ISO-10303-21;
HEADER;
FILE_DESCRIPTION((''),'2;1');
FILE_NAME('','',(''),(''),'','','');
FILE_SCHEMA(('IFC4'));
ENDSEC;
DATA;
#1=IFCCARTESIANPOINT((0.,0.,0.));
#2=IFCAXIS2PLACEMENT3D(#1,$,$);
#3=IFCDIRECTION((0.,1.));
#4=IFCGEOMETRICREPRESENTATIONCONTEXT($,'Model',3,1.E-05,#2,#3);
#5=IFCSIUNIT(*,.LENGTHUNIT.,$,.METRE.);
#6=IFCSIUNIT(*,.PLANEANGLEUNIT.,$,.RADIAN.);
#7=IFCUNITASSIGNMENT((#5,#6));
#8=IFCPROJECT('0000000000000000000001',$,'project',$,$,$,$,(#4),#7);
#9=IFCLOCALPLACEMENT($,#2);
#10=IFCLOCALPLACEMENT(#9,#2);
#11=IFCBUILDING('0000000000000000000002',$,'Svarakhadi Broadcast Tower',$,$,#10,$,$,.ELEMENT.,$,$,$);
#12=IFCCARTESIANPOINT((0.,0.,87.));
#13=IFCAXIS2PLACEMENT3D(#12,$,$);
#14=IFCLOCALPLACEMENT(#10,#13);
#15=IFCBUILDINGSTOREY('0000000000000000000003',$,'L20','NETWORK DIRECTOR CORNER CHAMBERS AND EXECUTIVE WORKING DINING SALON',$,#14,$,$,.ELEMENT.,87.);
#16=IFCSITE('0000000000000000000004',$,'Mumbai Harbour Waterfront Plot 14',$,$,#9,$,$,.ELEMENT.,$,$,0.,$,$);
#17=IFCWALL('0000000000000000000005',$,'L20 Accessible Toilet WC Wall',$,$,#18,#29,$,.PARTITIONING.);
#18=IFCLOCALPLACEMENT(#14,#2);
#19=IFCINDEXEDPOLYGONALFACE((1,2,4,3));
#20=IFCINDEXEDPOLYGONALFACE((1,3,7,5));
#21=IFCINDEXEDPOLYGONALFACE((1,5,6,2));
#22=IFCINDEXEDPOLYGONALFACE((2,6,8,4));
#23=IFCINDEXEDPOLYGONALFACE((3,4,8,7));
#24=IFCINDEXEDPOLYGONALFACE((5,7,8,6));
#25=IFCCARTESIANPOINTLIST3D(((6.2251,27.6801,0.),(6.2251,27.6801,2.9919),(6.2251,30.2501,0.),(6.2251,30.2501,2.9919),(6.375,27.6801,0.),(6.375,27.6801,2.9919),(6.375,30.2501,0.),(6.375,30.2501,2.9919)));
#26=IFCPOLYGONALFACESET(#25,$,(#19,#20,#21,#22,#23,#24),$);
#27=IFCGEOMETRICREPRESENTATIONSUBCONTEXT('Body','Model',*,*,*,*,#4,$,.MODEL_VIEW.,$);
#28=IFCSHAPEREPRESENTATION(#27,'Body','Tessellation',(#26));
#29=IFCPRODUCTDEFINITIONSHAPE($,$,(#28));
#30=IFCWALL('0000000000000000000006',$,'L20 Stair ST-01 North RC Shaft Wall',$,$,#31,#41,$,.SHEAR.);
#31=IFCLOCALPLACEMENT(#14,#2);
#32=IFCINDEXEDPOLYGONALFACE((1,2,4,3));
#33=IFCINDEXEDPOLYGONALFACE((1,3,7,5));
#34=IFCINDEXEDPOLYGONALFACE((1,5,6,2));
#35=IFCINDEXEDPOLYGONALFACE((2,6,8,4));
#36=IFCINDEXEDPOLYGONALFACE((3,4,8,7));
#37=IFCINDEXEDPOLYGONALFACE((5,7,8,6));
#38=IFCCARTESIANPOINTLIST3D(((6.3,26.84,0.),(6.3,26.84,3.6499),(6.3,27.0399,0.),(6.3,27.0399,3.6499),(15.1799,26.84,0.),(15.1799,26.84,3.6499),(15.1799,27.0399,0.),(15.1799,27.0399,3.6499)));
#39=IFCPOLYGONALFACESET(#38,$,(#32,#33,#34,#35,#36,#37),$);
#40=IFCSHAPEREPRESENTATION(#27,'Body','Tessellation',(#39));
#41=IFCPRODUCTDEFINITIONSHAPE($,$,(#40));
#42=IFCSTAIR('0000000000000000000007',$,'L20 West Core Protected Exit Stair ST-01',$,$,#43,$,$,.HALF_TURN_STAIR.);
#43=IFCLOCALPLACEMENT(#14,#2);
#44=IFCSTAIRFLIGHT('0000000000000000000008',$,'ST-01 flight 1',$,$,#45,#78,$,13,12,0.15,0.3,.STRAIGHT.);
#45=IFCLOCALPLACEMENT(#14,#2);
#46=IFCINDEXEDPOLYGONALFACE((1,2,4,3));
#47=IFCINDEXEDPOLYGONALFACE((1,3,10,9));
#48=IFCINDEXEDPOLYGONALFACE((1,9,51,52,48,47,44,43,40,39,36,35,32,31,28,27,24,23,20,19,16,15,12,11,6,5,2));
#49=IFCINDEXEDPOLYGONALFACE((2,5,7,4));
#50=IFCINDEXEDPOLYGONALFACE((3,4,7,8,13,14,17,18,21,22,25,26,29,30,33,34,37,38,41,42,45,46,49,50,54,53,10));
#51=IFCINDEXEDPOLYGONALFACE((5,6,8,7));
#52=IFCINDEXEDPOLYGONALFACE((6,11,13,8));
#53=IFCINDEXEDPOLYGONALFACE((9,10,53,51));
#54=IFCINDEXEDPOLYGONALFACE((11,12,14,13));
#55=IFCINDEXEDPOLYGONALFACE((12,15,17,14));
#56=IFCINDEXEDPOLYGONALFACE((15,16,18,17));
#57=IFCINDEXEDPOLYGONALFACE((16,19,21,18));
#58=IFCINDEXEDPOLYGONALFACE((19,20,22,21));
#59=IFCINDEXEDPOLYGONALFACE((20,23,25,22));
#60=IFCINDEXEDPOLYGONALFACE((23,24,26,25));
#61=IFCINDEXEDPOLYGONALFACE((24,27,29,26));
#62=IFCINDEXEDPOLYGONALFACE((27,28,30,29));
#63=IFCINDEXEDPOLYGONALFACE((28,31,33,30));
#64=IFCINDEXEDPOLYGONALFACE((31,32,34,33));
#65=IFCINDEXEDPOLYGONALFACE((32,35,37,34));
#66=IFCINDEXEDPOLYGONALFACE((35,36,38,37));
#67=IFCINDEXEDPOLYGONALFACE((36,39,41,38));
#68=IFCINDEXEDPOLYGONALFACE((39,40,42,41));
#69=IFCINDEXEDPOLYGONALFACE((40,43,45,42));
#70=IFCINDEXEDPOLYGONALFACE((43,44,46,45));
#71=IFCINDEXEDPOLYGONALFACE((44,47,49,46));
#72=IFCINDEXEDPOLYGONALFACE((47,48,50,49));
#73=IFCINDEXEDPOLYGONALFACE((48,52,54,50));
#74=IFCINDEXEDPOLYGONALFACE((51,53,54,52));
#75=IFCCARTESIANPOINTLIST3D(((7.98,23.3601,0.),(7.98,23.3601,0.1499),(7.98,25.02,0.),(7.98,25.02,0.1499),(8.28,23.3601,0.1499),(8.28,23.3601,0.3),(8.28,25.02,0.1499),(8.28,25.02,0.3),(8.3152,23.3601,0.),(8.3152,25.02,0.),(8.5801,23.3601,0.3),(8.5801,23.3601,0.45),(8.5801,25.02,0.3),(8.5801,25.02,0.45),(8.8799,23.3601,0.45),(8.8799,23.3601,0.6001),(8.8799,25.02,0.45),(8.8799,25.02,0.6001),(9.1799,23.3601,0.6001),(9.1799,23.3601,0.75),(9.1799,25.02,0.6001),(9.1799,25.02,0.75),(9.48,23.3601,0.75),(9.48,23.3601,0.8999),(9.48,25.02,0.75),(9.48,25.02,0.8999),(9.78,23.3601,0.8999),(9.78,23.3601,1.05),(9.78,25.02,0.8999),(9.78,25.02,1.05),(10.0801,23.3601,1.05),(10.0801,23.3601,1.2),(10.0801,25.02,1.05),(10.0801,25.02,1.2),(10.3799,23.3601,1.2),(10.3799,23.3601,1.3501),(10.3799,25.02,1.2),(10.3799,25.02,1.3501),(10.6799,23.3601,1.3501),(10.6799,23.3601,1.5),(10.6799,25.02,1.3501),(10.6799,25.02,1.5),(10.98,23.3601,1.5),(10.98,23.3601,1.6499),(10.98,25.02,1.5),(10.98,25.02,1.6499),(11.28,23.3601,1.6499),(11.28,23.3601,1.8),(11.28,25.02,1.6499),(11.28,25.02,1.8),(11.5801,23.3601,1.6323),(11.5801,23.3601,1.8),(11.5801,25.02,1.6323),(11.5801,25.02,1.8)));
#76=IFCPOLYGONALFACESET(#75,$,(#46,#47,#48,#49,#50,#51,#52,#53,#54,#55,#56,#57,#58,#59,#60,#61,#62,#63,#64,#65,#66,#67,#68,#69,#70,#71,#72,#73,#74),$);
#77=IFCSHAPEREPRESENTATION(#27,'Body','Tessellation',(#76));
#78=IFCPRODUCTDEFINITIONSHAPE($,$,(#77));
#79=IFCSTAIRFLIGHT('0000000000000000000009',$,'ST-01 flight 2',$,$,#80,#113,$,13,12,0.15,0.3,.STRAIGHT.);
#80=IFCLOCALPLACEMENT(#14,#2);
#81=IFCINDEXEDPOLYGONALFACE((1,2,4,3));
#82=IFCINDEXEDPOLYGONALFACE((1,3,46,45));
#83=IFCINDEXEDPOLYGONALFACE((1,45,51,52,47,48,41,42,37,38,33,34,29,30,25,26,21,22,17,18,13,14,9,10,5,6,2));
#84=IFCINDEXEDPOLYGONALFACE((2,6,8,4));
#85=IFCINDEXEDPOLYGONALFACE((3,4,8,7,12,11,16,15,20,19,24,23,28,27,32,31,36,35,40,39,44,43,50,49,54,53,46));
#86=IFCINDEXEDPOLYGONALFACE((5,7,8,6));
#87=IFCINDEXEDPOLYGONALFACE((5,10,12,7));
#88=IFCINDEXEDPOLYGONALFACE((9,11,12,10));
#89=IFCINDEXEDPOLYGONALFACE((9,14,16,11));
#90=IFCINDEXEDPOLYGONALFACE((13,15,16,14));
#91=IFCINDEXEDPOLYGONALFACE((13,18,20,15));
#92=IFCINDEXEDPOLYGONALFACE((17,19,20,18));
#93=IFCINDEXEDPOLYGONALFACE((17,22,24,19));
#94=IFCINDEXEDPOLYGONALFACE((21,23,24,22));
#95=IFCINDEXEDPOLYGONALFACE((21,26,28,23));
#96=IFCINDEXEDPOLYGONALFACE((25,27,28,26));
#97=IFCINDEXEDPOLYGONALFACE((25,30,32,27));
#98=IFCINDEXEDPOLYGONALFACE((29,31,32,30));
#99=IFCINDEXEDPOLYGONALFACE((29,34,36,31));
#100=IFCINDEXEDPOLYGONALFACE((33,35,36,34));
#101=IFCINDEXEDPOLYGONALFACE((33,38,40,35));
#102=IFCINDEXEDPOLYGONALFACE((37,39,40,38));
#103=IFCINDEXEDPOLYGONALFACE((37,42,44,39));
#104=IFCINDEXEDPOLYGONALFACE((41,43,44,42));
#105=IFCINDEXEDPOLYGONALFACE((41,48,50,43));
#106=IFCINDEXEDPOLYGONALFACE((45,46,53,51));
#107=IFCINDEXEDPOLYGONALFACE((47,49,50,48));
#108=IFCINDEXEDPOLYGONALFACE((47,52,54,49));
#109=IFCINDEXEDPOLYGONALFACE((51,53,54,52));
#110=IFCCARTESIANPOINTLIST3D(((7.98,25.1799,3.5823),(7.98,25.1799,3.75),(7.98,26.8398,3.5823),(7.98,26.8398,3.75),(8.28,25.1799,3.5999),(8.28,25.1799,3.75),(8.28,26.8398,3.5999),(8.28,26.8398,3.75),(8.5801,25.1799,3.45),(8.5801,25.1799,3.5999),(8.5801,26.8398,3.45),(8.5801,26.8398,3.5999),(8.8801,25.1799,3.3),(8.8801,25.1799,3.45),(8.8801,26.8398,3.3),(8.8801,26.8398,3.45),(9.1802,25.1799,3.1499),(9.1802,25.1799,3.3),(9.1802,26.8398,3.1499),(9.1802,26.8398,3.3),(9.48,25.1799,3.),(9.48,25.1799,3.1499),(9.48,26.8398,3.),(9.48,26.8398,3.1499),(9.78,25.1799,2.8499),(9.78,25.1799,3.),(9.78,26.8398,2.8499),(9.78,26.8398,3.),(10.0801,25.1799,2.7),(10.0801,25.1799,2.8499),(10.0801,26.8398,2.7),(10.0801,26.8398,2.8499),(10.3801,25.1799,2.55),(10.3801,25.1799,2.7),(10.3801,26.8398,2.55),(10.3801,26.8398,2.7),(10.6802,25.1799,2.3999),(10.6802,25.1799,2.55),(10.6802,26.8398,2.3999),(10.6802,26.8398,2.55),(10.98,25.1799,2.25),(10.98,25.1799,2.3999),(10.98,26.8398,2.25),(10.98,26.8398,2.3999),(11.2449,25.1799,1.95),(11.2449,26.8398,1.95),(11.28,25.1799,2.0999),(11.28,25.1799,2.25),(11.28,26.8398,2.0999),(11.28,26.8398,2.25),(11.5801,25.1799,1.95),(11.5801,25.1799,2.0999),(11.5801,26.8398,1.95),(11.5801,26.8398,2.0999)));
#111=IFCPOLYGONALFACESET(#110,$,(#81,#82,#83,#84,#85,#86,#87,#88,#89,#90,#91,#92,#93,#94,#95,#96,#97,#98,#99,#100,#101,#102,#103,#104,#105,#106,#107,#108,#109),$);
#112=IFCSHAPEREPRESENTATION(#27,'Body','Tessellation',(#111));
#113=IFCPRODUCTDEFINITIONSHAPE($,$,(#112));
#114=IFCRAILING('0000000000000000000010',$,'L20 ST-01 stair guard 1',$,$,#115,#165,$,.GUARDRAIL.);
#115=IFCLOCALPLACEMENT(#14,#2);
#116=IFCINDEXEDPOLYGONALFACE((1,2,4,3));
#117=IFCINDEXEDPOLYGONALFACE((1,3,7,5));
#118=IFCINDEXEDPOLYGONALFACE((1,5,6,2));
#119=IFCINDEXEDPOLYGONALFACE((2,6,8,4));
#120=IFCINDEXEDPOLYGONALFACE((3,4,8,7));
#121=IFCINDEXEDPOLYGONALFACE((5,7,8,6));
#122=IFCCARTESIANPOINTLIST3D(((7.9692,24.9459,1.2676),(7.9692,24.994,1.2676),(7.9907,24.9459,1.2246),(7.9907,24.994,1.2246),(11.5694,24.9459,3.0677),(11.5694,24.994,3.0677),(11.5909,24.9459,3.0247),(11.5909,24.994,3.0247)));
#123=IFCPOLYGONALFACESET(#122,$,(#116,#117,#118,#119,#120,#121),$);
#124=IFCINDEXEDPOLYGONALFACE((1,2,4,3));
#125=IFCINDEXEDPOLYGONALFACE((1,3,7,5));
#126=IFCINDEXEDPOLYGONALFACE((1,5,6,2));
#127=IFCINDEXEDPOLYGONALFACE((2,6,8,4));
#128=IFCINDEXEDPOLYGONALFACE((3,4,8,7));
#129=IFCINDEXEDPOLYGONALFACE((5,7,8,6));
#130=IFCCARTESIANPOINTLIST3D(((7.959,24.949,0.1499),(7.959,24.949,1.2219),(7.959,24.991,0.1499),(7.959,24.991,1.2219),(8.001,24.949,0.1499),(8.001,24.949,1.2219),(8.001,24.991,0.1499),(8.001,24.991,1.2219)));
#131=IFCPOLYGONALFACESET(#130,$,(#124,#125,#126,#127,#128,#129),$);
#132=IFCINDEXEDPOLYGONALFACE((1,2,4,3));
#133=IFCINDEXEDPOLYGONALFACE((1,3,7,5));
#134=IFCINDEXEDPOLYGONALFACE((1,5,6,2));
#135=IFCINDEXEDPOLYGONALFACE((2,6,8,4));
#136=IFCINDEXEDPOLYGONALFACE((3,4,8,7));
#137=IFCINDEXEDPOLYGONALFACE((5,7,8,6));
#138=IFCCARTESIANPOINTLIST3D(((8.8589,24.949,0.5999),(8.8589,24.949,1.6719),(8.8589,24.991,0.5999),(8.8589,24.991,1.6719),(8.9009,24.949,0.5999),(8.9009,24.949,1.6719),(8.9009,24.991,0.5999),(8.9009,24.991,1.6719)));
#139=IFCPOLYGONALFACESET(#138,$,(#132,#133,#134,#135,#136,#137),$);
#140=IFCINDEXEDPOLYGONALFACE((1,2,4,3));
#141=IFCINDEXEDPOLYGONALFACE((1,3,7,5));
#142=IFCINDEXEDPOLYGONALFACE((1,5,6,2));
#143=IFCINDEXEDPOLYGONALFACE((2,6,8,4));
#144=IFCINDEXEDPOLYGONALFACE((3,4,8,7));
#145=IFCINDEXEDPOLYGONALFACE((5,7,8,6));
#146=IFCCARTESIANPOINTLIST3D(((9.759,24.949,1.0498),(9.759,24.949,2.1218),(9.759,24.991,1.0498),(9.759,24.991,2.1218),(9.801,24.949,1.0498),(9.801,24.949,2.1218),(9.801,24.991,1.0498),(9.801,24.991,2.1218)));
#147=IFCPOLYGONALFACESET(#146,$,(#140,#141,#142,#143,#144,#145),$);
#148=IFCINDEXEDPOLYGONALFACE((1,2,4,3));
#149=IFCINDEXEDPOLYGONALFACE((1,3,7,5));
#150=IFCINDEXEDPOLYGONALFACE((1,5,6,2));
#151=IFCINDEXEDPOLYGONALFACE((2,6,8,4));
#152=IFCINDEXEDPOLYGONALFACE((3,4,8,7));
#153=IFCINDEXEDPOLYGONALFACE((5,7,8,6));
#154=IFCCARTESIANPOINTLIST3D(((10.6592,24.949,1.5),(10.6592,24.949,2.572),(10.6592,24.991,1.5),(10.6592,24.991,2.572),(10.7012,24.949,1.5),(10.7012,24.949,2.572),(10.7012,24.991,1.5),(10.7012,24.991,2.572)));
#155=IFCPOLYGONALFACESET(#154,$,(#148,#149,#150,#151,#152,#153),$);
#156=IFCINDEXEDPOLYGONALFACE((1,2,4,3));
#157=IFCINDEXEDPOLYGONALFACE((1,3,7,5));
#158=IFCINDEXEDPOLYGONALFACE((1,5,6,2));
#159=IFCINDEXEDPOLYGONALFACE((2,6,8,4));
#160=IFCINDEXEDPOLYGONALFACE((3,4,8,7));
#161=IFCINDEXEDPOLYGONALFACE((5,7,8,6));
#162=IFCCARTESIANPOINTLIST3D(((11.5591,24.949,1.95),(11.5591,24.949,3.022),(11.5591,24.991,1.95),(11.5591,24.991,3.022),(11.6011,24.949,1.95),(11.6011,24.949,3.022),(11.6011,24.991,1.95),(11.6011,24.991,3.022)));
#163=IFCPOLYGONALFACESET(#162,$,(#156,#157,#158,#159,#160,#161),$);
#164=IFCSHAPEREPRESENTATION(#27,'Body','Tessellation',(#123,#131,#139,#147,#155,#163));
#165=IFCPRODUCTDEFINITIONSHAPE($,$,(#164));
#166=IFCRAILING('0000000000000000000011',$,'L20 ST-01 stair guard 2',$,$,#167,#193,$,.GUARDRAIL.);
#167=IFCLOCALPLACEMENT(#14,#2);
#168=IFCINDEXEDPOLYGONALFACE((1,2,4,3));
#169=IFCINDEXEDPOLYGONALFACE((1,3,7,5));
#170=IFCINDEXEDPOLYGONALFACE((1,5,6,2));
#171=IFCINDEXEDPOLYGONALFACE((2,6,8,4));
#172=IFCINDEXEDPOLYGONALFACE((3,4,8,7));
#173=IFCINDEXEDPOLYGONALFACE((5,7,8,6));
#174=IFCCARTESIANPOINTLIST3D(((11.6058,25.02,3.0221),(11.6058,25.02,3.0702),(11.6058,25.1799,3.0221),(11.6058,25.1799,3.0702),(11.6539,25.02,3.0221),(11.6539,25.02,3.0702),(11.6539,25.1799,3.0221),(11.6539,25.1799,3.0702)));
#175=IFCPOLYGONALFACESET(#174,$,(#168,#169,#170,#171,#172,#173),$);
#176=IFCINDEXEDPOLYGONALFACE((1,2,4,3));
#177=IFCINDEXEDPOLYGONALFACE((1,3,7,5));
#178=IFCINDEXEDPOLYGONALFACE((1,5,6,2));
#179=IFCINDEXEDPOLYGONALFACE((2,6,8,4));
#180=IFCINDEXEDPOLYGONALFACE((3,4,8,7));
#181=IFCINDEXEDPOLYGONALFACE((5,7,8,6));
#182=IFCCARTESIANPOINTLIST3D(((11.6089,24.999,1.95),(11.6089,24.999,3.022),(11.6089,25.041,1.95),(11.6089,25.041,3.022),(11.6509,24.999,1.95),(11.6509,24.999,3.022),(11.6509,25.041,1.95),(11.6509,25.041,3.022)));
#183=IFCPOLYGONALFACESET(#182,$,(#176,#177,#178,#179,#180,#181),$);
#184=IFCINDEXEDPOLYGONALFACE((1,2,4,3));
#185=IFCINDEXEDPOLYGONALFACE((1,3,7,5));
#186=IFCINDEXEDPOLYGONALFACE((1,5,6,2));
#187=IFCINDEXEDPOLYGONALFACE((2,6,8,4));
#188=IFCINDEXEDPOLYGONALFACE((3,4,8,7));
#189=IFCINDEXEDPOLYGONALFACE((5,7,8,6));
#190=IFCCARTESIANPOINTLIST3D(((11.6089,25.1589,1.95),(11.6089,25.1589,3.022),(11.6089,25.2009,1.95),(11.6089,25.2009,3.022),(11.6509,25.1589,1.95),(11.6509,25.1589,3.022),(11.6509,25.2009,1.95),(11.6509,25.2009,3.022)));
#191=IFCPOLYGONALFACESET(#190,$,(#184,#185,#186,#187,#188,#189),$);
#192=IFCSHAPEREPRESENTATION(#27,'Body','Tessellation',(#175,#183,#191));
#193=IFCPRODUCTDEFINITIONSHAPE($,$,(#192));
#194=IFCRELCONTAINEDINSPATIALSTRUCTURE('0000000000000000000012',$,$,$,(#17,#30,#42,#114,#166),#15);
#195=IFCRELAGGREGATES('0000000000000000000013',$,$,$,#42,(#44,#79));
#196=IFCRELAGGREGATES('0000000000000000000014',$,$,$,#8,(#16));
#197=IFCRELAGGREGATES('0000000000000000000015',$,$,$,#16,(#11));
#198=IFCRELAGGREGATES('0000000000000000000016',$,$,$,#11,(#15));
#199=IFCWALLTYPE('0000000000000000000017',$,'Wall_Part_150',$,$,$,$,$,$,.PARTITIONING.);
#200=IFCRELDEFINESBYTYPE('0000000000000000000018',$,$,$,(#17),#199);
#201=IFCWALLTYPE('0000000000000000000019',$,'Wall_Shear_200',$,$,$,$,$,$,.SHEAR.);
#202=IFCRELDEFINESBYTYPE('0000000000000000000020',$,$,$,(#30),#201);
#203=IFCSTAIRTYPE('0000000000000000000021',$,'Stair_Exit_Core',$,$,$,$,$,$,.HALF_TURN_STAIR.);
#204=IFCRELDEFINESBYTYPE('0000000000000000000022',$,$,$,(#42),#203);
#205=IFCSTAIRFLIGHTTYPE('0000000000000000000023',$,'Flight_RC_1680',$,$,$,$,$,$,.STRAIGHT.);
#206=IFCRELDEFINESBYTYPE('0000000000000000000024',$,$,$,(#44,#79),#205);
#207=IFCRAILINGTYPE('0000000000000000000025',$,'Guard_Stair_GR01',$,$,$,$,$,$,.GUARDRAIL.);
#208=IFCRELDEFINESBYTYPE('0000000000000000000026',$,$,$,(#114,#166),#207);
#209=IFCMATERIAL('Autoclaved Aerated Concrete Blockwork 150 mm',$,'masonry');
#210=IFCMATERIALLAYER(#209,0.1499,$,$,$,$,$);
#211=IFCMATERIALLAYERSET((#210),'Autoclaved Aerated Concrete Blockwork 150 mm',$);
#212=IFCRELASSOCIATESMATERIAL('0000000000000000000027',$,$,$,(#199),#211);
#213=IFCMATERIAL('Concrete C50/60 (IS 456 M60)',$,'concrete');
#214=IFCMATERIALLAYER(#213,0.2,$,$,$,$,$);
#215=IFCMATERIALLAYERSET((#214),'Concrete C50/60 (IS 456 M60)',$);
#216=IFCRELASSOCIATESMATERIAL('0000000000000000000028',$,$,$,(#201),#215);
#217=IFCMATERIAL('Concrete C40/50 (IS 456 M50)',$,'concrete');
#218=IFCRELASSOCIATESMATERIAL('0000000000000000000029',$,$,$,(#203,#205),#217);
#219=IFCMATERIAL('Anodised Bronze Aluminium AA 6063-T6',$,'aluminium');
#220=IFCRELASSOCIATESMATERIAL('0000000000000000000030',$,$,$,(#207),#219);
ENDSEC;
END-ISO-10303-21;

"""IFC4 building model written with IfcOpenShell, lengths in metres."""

from ifc_helpers import new_model, si_unit, direction, frame, frame_2d, origin, origin_2d, place, context, subcontext, project, spatial, polyline, rectangle, outline, extrude, material, layer, layer_set, type_object, element, aggregate, save


model = new_model("IFC4")

# Units and contexts
model_context = context("Model", 3, precision=1e-05, world=origin(), true_north=direction((0.0, 1.0)))
body_context = subcontext(model_context, "Body", "Model", "MODEL_VIEW")
ifc_project = project(units=[si_unit("LENGTHUNIT", "METRE"), si_unit("PLANEANGLEUNIT", "RADIAN")], contexts=[model_context])

# Site, building, storey
site_placement = place(None, origin())
site = spatial("IfcSite", under=ifc_project, at=site_placement, Name="Mumbai Harbour Waterfront Plot 14", CompositionType="ELEMENT", RefElevation=0.0)
building_placement = place(site_placement, origin())
building = spatial("IfcBuilding", under=site, at=building_placement, Name="Svarakhadi Broadcast Tower", CompositionType="ELEMENT")
storey_placement = place(building_placement, frame((0.0, 0.0, 87.0)))
storey = spatial("IfcBuildingStorey", under=building, at=storey_placement, Name="L20", Description="NETWORK DIRECTOR CORNER CHAMBERS AND EXECUTIVE WORKING DINING SALON", CompositionType="ELEMENT", Elevation=87.0)

# Walls
ifc_material_1 = material(Name="Concrete C40/50 (IS 456 M50)", Category="concrete")
ifc_material_2 = material(Name="Autoclaved Aerated Concrete Blockwork 150 mm", Category="masonry")
ifc_layer_1 = layer(ifc_material_2, 0.1499)
ifc_layer_set_1 = layer_set([ifc_layer_1], Name="Autoclaved Aerated Concrete Blockwork 150 mm")
wall_type_1 = type_object("IfcWallType", Name="Wall_Part_150", PredefinedType="PARTITIONING", material=ifc_layer_set_1)
wall_1_placement = place(storey_placement, frame((6.3, 27.6799, 0.0), z_axis=(0.0, 0.0, 1.0), x_axis=(0.0, 1.0, 0.0)))
element("IfcWall", 1, at=wall_1_placement, inside=storey, type_object=wall_type_1, Name="L20 Accessible Toilet WC Wall", PredefinedType="PARTITIONING", context=body_context, shape_type="SweptSolid", body=[
    extrude(rectangle(XDim=2.5701, YDim=0.1499, at=frame_2d((1.2852, 0.0))), origin(), (0.0, 0.0, 1.0), 2.9919),
])
ifc_material_3 = material(Name="Concrete C50/60 (IS 456 M60)", Category="concrete")
ifc_layer_2 = layer(ifc_material_3, 0.2)
ifc_layer_set_2 = layer_set([ifc_layer_2], Name="Concrete C50/60 (IS 456 M60)")
wall_type_2 = type_object("IfcWallType", Name="Wall_Shear_200", PredefinedType="SHEAR", material=ifc_layer_set_2)
wall_2_placement = place(storey_placement, frame((6.3, 26.9399, 0.0), z_axis=(0.0, 0.0, 1.0), x_axis=(1.0, 0.0, 0.0)))
element("IfcWall", 2, at=wall_2_placement, inside=storey, type_object=wall_type_2, Name="L20 Stair ST-01 North RC Shaft Wall", PredefinedType="SHEAR", context=body_context, shape_type="SweptSolid", body=[
    extrude(rectangle(XDim=8.8799, YDim=0.2, at=frame_2d((4.4399, 0.0))), origin(), (0.0, 0.0, 1.0), 3.6499),
])

# Stair, stair flights
stair_type = type_object("IfcStairType", Name="Stair_Exit_Core", PredefinedType="HALF_TURN_STAIR", material=ifc_material_1)
stair_placement = place(storey_placement, origin())
stair = element("IfcStair", 3, at=stair_placement, inside=storey, type_object=stair_type, Name="L20 West Core Protected Exit Stair ST-01", PredefinedType="HALF_TURN_STAIR")
stair_flight_type = type_object("IfcStairFlightType", Name="Flight_RC_1680", PredefinedType="STRAIGHT", material=ifc_material_1)
stair_flight_1_placement = place(storey_placement, frame((7.98, 24.1899, 0.0), z_axis=(0.0, 0.0, 1.0), x_axis=(1.0, 0.0, 0.0)))
stair_flight_1 = element("IfcStairFlight", 4, at=stair_flight_1_placement, type_object=stair_flight_type, Name="ST-01 flight 1", NumberOfRisers=13, NumberOfTreads=12, PredefinedType="STRAIGHT", RiserHeight=0.15, TreadLength=0.3, context=body_context, shape_type="SweptSolid", body=[
    extrude(outline(polyline([(0.0, 0.0), (0.0, 0.1499), (0.3, 0.1499), (0.3, 0.3), (0.6001, 0.3), (0.6001, 0.45), (0.8999, 0.45), (0.8999, 0.6001), (1.2, 0.6001), (1.2, 0.75), (1.5, 0.75), (1.5, 0.8999), (1.8, 0.8999), (1.8, 1.05), (2.1001, 1.05), (2.1001, 1.2), (2.3999, 1.2), (2.3999, 1.3501), (2.7, 1.3501), (2.7, 1.5), (3.0, 1.5), (3.0, 1.6499), (3.3, 1.6499), (3.3, 1.8), (3.6001, 1.8), (3.6001, 1.95), (3.6001, 1.6323), (0.3352, 0.0), (0.0, 0.0)])), frame((0.0, 0.8301, 0.0), z_axis=(0.0, -1.0, 0.0), x_axis=(1.0, 0.0, 0.0)), (0.0, 0.0, 1.0), 1.6599),
])
stair_flight_2_placement = place(storey_placement, frame((11.5801, 26.01, 1.95), z_axis=(0.0, 0.0, 1.0), x_axis=(-1.0, 0.0, 0.0)))
stair_flight_2 = element("IfcStairFlight", 5, at=stair_flight_2_placement, type_object=stair_flight_type, Name="ST-01 flight 2", NumberOfRisers=13, NumberOfTreads=12, PredefinedType="STRAIGHT", RiserHeight=0.15, TreadLength=0.3, context=body_context, shape_type="SweptSolid", body=[
    extrude(outline(polyline([(0.0, 0.0), (0.0, 0.1499), (0.3, 0.1499), (0.3, 0.3), (0.6001, 0.3), (0.6001, 0.45), (0.8999, 0.45), (0.8999, 0.6001), (1.2, 0.6001), (1.2, 0.75), (1.5, 0.75), (1.5, 0.8999), (1.8, 0.8999), (1.8, 1.05), (2.1001, 1.05), (2.1001, 1.2), (2.3999, 1.2), (2.3999, 1.3501), (2.7, 1.3501), (2.7, 1.5), (3.0, 1.5), (3.0, 1.6499), (3.3, 1.6499), (3.3, 1.8), (3.6001, 1.8), (3.6001, 1.95), (3.6001, 1.6323), (0.3352, 0.0), (0.0, 0.0)])), frame((0.0, 0.8301, 0.0), z_axis=(0.0, -1.0, 0.0), x_axis=(1.0, 0.0, 0.0)), (0.0, 0.0, 1.0), 1.6599),
])
aggregate(stair, [stair_flight_1, stair_flight_2])

# Railings
ifc_material_4 = material(Name="Anodised Bronze Aluminium AA 6063-T6", Category="aluminium")
railing_type_1 = type_object("IfcRailingType", Name="Guard_Stair_GR01", PredefinedType="GUARDRAIL", material=ifc_material_4)
railing_1_placement = place(storey_placement, frame((7.98, 24.97, 0.1499)))
element("IfcRailing", 6, at=railing_1_placement, inside=storey, type_object=railing_type_1, Name="L20 ST-01 stair guard 1", PredefinedType="GUARDRAIL", context=body_context, shape_type="SweptSolid", body=[
    extrude(rectangle(XDim=0.0481, YDim=0.0481, at=origin_2d()), frame((0.0, 0.0, 1.0962), z_axis=(0.894427, 0.0, 0.447214), x_axis=(0.0, 1.0, 0.0)), (0.0, 0.0, 1.0), 4.0251),
    extrude(rectangle(XDim=0.042, YDim=0.042, at=origin_2d()), origin(), (0.0, 0.0, 1.0), 1.072),
    extrude(rectangle(XDim=0.042, YDim=0.042, at=origin_2d()), frame((0.8999, 0.0, 0.45)), (0.0, 0.0, 1.0), 1.072),
    extrude(rectangle(XDim=0.042, YDim=0.042, at=origin_2d()), frame((1.8, 0.0, 0.8999)), (0.0, 0.0, 1.0), 1.072),
    extrude(rectangle(XDim=0.042, YDim=0.042, at=origin_2d()), frame((2.7002, 0.0, 1.3501)), (0.0, 0.0, 1.0), 1.072),
    extrude(rectangle(XDim=0.042, YDim=0.042, at=origin_2d()), frame((3.6001, 0.0, 1.8)), (0.0, 0.0, 1.0), 1.072),
])
railing_2_placement = place(storey_placement, frame((11.6299, 25.02, 1.95)))
element("IfcRailing", 7, at=railing_2_placement, inside=storey, type_object=railing_type_1, Name="L20 ST-01 stair guard 2", PredefinedType="GUARDRAIL", context=body_context, shape_type="SweptSolid", body=[
    extrude(rectangle(XDim=0.0481, YDim=0.0481, at=origin_2d()), frame((0.0, 0.0, 1.0962), z_axis=(0.0, 1.0, 0.0), x_axis=(-1.0, 0.0, 0.0)), (0.0, 0.0, 1.0), 0.1599),
    extrude(rectangle(XDim=0.042, YDim=0.042, at=origin_2d()), origin(), (0.0, 0.0, 1.0), 1.072),
    extrude(rectangle(XDim=0.042, YDim=0.042, at=origin_2d()), frame((0.0, 0.1599, 0.0)), (0.0, 0.0, 1.0), 1.072),
])

save(model, "model.ifc")
